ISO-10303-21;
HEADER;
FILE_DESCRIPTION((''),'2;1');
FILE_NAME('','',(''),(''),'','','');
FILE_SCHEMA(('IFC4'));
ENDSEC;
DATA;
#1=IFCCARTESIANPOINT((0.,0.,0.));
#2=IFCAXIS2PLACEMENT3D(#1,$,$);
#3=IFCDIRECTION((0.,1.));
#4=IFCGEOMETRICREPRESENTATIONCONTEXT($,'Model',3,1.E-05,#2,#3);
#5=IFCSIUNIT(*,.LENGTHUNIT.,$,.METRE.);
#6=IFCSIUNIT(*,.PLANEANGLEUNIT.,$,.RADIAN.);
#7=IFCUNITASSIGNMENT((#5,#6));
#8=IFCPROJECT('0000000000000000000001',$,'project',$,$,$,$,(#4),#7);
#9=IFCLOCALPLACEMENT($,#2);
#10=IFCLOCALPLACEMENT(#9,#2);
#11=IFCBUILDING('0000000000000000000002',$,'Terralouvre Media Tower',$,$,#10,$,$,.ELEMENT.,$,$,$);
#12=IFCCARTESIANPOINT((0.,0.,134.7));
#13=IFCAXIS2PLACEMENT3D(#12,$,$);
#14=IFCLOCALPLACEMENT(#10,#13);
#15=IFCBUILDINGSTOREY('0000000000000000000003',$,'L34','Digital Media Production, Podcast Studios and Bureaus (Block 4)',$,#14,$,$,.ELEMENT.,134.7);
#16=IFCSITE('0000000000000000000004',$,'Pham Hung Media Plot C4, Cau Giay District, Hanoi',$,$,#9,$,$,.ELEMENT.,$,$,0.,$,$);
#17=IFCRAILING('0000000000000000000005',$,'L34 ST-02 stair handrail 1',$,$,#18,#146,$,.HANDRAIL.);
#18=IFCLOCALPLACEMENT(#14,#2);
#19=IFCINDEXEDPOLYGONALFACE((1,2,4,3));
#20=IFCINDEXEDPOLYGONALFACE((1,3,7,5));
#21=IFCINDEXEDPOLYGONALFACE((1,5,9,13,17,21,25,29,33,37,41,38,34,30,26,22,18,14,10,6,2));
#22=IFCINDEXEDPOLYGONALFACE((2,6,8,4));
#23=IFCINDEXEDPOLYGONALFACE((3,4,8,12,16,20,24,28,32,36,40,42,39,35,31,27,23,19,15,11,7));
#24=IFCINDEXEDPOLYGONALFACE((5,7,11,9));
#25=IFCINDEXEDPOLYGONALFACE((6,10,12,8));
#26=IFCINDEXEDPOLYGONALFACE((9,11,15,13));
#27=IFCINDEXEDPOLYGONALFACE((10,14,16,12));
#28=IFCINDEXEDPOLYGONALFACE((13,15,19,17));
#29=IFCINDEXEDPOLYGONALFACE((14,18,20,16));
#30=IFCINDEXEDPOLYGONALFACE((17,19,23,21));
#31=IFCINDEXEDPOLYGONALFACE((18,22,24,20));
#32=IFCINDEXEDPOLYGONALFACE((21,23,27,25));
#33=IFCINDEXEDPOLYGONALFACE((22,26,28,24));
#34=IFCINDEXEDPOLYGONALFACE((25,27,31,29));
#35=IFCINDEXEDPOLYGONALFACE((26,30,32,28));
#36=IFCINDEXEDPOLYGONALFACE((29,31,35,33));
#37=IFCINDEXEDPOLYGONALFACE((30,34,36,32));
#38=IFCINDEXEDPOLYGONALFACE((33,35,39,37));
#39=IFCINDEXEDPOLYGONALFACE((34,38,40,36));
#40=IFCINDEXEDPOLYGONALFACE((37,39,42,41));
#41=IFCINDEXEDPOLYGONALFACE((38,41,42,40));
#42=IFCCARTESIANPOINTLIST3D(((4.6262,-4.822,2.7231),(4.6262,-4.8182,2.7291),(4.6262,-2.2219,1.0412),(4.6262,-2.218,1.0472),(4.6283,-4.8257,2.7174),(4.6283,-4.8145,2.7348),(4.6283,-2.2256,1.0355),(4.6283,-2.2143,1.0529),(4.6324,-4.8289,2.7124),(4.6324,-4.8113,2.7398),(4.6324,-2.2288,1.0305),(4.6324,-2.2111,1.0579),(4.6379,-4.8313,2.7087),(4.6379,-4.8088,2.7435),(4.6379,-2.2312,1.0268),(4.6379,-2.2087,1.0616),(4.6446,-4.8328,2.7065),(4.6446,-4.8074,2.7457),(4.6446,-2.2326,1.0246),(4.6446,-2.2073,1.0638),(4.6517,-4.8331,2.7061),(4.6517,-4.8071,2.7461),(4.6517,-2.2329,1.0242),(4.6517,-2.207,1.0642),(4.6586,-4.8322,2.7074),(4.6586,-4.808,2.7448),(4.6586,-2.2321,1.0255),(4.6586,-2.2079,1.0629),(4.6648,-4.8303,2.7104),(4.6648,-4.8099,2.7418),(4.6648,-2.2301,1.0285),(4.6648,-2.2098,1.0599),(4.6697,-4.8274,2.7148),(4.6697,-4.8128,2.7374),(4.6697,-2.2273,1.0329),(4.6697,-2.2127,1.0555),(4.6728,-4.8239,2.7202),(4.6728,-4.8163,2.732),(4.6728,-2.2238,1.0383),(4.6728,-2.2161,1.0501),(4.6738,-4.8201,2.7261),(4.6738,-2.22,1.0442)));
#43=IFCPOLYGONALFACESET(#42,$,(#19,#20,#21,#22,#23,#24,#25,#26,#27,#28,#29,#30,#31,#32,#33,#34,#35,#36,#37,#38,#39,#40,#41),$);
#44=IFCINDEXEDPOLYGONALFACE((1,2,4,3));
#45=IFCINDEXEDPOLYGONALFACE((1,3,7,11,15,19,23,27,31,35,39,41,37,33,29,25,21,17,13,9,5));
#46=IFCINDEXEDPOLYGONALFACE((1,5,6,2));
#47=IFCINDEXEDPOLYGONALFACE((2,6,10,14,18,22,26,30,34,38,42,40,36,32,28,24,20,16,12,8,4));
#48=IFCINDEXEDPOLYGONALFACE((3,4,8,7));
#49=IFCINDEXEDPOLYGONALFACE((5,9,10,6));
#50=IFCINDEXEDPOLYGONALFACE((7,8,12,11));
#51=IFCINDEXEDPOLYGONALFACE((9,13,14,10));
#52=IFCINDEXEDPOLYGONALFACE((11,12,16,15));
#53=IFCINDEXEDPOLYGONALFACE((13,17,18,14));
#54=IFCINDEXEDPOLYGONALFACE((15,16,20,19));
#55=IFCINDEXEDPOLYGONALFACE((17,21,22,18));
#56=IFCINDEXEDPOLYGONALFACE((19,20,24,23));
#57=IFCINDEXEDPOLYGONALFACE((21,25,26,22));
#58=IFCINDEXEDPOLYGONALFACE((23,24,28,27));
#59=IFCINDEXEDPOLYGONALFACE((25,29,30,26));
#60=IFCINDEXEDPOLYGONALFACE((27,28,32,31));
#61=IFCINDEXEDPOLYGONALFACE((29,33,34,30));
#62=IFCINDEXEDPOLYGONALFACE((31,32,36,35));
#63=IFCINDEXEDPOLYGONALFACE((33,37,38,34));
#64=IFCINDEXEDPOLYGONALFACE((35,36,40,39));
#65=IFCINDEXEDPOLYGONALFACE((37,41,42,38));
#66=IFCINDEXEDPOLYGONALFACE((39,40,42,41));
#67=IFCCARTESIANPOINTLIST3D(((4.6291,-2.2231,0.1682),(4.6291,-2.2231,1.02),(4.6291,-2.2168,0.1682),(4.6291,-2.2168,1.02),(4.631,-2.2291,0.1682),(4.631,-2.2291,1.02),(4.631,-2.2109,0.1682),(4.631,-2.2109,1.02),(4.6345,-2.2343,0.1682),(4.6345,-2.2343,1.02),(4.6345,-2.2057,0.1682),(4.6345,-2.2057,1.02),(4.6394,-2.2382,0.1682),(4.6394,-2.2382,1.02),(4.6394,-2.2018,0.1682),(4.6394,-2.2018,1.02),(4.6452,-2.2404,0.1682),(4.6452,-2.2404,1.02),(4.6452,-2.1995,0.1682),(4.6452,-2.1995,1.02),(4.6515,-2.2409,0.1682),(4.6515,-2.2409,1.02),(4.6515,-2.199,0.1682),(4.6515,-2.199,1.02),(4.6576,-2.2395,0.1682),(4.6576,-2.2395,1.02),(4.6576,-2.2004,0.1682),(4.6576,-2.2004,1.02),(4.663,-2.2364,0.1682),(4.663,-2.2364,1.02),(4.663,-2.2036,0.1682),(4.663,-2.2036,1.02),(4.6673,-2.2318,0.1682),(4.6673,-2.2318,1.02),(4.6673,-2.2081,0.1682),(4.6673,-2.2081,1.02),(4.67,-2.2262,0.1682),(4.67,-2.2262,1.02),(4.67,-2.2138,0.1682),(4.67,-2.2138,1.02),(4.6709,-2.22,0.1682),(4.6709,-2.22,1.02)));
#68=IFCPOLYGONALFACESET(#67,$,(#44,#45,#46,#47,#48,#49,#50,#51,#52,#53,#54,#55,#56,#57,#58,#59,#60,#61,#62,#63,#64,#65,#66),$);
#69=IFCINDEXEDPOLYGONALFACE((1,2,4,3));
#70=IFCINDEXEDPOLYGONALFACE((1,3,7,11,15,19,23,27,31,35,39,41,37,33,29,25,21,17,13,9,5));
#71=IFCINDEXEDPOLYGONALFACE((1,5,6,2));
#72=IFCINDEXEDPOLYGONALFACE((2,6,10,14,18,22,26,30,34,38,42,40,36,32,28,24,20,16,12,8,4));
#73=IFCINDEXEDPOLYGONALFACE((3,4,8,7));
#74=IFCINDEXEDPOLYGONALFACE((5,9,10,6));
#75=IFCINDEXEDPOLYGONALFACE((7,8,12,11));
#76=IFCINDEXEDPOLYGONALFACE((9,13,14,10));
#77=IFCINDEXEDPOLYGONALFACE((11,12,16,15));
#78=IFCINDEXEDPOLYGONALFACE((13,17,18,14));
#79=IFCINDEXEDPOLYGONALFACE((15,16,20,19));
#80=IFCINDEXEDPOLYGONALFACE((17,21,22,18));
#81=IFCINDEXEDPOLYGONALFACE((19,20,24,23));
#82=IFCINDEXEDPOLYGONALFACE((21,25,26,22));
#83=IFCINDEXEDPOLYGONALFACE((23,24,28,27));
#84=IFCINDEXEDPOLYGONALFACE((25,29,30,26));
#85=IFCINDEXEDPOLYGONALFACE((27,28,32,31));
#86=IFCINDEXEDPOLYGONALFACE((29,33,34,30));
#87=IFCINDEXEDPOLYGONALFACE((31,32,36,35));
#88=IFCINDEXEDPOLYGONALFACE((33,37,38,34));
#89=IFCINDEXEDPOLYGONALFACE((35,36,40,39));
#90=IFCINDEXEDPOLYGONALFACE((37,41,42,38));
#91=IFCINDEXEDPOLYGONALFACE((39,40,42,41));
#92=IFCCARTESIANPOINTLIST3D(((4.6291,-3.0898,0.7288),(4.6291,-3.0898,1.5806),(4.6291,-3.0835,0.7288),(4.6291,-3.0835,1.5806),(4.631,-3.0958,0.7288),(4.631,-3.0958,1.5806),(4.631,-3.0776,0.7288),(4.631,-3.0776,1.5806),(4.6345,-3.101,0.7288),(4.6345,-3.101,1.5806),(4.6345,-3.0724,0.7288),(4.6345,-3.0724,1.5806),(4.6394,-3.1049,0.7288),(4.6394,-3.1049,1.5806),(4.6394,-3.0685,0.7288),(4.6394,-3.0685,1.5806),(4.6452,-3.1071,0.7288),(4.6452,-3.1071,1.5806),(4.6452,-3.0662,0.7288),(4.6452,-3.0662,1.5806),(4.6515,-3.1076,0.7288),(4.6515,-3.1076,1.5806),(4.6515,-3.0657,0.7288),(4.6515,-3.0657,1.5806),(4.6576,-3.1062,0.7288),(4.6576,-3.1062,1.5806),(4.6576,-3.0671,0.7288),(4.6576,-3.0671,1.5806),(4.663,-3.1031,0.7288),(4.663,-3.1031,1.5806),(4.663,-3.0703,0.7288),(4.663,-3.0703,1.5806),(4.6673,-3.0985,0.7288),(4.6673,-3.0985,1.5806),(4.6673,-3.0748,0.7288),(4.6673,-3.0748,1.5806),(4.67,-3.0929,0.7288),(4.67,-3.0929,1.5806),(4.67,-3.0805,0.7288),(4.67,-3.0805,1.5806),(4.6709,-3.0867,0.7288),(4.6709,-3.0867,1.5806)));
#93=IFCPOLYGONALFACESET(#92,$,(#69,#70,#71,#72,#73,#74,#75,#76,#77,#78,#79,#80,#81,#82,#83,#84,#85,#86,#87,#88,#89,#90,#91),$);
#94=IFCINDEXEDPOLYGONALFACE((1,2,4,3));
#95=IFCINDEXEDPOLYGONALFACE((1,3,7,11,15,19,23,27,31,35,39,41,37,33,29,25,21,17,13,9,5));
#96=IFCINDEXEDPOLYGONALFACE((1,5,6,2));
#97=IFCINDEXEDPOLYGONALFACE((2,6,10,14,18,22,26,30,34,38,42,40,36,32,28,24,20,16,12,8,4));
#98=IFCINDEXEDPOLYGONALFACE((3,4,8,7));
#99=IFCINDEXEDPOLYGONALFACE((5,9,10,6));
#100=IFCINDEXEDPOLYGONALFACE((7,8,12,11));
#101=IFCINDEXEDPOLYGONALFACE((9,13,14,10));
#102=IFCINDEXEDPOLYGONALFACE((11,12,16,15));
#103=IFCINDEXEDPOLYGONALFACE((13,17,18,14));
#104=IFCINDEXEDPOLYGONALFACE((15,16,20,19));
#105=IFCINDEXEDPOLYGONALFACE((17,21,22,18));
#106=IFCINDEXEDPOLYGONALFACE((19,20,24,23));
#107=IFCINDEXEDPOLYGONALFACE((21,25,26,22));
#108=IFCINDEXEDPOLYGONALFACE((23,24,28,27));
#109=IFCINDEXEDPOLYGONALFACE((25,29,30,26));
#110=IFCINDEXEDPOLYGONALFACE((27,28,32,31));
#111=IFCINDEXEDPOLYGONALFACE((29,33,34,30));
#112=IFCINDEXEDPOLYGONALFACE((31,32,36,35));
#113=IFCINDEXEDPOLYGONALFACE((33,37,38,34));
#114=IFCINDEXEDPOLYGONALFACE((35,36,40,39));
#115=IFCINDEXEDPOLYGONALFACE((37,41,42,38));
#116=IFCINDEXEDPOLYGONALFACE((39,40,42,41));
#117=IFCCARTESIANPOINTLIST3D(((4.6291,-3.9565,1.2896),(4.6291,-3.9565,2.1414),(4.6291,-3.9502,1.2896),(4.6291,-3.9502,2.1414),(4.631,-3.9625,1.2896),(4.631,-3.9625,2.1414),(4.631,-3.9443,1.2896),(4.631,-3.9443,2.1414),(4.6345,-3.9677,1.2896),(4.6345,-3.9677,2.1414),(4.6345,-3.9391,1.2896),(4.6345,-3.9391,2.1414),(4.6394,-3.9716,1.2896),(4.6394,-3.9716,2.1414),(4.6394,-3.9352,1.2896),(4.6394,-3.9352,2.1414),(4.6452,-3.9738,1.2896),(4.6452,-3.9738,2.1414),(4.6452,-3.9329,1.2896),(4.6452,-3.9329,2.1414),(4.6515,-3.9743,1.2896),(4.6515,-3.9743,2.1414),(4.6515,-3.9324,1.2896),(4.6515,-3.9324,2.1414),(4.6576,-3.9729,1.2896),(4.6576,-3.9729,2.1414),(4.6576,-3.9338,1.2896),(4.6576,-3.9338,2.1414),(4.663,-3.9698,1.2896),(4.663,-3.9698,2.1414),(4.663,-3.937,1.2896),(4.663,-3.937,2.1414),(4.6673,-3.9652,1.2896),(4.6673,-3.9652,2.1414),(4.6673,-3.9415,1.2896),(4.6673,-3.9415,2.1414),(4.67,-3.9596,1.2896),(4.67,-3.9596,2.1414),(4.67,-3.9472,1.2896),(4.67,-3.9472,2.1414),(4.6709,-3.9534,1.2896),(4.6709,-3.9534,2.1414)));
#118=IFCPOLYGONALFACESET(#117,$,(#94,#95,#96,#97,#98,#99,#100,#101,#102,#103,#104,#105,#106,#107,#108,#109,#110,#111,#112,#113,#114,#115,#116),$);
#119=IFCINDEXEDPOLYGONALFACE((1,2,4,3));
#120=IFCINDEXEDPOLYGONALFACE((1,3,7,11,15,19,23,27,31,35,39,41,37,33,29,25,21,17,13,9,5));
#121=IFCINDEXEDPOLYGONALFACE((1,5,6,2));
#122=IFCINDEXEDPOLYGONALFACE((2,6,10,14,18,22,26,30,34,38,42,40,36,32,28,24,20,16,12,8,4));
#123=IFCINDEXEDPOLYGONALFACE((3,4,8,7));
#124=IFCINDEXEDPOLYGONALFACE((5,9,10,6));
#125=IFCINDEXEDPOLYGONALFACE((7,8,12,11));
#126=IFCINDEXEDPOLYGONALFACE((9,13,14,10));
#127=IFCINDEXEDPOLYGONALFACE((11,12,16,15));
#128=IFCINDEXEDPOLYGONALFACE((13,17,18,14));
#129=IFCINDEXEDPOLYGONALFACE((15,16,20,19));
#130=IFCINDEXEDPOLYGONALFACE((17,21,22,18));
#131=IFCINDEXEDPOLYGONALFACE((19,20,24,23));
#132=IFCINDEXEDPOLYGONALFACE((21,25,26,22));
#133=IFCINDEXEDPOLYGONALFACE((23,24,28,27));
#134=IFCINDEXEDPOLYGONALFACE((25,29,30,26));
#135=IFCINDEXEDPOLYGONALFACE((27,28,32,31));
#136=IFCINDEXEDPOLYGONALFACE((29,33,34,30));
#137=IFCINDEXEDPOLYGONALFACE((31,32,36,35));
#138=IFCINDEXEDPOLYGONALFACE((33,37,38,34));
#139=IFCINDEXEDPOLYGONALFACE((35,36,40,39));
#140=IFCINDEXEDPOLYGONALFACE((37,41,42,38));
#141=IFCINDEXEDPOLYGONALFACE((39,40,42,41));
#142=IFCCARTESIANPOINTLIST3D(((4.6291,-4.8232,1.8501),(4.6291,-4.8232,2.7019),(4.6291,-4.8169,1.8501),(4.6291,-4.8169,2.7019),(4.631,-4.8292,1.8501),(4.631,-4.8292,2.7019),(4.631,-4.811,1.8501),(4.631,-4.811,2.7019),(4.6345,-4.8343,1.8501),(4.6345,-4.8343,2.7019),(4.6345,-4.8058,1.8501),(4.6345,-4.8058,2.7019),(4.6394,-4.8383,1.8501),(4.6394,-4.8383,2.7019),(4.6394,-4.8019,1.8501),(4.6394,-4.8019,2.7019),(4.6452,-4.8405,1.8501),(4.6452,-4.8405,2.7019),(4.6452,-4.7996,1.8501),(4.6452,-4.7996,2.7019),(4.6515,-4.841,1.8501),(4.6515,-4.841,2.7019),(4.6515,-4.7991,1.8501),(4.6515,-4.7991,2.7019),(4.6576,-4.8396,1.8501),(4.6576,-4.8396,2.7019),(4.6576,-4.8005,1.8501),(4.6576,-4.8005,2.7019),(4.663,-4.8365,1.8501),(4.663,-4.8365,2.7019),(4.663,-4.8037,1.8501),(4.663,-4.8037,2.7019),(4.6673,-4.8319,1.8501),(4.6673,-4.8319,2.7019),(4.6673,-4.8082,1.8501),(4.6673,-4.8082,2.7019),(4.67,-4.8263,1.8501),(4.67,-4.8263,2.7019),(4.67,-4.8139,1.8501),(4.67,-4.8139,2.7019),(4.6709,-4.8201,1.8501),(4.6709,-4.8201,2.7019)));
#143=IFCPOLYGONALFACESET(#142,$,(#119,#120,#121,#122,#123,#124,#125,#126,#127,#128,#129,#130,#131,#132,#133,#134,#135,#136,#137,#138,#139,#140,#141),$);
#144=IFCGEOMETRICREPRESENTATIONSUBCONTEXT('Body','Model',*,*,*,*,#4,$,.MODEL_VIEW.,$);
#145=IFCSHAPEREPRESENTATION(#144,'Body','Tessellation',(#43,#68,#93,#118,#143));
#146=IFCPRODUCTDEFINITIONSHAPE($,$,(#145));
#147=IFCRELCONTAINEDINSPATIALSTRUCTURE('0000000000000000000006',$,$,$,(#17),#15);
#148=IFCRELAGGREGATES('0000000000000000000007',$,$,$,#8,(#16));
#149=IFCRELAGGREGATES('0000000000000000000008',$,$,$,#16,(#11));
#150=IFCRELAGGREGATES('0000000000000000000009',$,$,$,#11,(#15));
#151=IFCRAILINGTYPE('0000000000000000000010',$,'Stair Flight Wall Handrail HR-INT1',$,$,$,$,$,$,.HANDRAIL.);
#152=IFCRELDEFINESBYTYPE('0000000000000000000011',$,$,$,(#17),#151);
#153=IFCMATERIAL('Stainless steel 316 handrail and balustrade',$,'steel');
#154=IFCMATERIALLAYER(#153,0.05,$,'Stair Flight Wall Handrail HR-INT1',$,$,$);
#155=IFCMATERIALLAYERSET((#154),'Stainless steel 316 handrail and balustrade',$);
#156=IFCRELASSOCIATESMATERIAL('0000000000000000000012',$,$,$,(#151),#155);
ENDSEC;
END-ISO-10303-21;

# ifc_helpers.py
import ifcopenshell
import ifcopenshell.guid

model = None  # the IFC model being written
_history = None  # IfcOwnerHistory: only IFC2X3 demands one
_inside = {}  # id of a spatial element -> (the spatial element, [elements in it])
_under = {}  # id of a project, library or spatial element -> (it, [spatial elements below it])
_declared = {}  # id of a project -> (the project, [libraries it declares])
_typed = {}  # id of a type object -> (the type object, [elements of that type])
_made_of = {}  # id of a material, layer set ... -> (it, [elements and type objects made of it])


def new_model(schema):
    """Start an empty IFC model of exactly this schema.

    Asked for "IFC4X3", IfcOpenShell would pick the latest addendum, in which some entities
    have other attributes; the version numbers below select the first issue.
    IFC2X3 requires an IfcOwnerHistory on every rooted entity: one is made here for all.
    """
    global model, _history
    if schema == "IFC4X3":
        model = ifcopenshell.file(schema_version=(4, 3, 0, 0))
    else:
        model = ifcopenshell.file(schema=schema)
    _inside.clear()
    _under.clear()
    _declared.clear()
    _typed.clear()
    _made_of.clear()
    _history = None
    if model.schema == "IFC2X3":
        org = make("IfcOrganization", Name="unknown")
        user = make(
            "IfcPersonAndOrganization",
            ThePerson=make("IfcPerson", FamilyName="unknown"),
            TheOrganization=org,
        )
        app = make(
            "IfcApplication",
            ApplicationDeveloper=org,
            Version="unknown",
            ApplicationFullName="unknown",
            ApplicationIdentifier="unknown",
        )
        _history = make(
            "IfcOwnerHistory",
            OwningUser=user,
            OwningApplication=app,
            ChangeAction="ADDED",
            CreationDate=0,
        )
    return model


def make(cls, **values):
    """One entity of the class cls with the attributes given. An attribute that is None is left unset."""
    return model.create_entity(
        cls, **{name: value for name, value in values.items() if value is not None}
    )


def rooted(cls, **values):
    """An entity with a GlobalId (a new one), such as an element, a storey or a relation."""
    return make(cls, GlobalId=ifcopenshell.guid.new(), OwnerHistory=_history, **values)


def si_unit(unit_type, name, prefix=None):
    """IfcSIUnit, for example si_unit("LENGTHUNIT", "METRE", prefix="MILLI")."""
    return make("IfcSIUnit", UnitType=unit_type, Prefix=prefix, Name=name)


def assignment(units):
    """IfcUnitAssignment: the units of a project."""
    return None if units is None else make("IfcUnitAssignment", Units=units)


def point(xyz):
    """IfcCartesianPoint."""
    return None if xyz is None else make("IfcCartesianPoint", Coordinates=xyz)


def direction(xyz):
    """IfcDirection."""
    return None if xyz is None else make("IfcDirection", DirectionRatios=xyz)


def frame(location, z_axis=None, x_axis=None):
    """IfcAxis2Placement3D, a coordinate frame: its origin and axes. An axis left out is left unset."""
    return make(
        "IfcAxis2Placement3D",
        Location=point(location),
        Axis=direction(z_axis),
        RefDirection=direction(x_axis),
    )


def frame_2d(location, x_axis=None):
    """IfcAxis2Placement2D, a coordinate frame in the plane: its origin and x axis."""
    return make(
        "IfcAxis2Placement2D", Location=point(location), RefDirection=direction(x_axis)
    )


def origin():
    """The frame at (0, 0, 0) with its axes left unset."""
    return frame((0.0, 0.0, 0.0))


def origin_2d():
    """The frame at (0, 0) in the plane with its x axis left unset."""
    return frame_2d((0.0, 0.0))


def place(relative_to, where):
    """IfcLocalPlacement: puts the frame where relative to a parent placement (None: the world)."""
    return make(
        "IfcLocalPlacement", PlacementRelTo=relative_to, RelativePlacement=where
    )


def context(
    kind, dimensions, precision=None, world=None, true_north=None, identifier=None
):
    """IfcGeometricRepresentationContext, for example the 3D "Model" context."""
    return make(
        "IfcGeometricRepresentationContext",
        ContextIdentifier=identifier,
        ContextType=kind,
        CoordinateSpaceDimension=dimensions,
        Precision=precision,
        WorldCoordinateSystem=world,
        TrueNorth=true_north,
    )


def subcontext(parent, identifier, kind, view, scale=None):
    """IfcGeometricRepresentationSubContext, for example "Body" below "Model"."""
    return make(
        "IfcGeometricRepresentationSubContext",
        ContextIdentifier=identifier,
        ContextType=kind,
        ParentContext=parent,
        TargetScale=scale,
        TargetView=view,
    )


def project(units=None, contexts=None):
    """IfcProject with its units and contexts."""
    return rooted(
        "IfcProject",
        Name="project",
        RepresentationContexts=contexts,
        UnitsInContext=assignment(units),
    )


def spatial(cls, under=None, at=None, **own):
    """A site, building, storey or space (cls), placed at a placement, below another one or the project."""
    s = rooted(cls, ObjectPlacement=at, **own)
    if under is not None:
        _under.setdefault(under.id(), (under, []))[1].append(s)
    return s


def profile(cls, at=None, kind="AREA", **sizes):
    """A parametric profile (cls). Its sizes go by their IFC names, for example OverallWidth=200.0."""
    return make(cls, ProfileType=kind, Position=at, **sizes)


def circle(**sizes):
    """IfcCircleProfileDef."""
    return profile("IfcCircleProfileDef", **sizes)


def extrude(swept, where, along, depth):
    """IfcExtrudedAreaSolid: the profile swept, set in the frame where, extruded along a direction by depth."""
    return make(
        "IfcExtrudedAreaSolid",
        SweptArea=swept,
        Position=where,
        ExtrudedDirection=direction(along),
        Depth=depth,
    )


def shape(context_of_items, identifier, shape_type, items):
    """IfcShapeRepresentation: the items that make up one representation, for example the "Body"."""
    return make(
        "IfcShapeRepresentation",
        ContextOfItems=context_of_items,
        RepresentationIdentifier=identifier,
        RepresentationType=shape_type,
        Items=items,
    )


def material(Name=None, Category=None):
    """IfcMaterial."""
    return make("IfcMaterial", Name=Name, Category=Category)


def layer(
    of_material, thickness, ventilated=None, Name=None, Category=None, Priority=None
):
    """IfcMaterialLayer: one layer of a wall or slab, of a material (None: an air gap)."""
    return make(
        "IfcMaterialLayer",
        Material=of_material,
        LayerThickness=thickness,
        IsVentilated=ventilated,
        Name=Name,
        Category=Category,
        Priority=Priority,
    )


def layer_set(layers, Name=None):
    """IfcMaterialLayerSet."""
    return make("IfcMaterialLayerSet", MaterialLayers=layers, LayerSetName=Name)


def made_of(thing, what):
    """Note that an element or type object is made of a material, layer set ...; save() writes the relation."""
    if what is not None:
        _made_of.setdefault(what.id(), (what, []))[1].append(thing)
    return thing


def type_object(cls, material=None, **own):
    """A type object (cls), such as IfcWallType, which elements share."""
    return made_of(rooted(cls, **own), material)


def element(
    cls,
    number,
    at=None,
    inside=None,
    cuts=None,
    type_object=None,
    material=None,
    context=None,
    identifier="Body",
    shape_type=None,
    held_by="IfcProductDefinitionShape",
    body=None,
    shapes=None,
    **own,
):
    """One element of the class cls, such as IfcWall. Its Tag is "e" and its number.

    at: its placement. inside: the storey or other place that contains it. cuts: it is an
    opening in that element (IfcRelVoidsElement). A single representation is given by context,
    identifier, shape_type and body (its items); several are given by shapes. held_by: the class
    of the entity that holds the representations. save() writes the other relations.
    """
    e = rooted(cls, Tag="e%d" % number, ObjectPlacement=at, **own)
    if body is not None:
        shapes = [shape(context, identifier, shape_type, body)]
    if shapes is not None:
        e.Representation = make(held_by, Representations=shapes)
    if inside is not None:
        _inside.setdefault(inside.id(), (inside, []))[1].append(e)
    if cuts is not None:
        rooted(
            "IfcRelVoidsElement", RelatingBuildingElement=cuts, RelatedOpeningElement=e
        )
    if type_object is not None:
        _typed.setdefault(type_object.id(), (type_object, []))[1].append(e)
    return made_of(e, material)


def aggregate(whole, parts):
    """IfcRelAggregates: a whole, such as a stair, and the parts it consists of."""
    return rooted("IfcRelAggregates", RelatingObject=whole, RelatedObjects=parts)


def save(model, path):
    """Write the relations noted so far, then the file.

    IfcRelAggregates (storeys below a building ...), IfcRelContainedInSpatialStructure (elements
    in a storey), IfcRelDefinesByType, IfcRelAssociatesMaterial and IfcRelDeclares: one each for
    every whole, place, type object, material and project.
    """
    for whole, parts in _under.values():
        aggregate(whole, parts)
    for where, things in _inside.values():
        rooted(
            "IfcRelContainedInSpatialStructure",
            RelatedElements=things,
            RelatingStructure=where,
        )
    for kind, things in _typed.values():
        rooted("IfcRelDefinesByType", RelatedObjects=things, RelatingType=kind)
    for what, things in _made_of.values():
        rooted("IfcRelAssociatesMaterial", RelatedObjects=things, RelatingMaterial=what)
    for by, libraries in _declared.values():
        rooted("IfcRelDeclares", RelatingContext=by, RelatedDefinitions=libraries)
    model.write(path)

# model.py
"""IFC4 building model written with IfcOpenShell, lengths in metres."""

from ifc_helpers import new_model, si_unit, direction, frame, origin, origin_2d, place, context, subcontext, project, spatial, circle, extrude, material, layer, layer_set, type_object, element, save


model = new_model("IFC4")

# Units and contexts
model_context = context("Model", 3, precision=1e-05, world=origin(), true_north=direction((0.0, 1.0)))
body_context = subcontext(model_context, "Body", "Model", "MODEL_VIEW")
ifc_project = project(units=[si_unit("LENGTHUNIT", "METRE"), si_unit("PLANEANGLEUNIT", "RADIAN")], contexts=[model_context])

# Site, building, storey
site_placement = place(None, origin())
site = spatial("IfcSite", under=ifc_project, at=site_placement, Name="Pham Hung Media Plot C4, Cau Giay District, Hanoi", CompositionType="ELEMENT", RefElevation=0.0)
building_placement = place(site_placement, origin())
building = spatial("IfcBuilding", under=site, at=building_placement, Name="Terralouvre Media Tower", CompositionType="ELEMENT")
storey_placement = place(building_placement, frame((0.0, 0.0, 134.7)))
storey = spatial("IfcBuildingStorey", under=building, at=storey_placement, Name="L34", Description="Digital Media Production, Podcast Studios and Bureaus (Block 4)", CompositionType="ELEMENT", Elevation=134.7)

# Railing
ifc_material_1 = material(Name="Stainless steel 316 handrail and balustrade", Category="steel")
ifc_layer_1 = layer(ifc_material_1, 0.05, Name="Stair Flight Wall Handrail HR-INT1")
ifc_layer_set_1 = layer_set([ifc_layer_1], Name="Stainless steel 316 handrail and balustrade")
railing_type_1 = type_object("IfcRailingType", Name="Stair Flight Wall Handrail HR-INT1", PredefinedType="HANDRAIL", material=ifc_layer_set_1)
railing_1_placement = place(storey_placement, frame((4.6499, -2.22, 0.1682)))
element("IfcRailing", 1, at=railing_1_placement, inside=storey, type_object=railing_type_1, Name="L34 ST-02 stair handrail 1", PredefinedType="HANDRAIL", context=body_context, shape_type="SweptSolid", body=[
    extrude(circle(Radius=0.0239, at=origin_2d()), frame((0.0, 0.0, 0.876), z_axis=(0.0, -0.839648, 0.54313), x_axis=(1.0, 0.0, 0.0)), (0.0, 0.0, 1.0), 3.0967),
    extrude(circle(Radius=0.021, at=origin_2d()), origin(), (0.0, 0.0, 1.0), 0.8518),
    extrude(circle(Radius=0.021, at=origin_2d()), frame((0.0, -0.8667, 0.5605)), (0.0, 0.0, 1.0), 0.8518),
    extrude(circle(Radius=0.021, at=origin_2d()), frame((0.0, -1.7334, 1.1213)), (0.0, 0.0, 1.0), 0.8518),
    extrude(circle(Radius=0.021, at=origin_2d()), frame((0.0, -2.6001, 1.6819)), (0.0, 0.0, 1.0), 0.8518),
])

save(model, "model.ifc")
